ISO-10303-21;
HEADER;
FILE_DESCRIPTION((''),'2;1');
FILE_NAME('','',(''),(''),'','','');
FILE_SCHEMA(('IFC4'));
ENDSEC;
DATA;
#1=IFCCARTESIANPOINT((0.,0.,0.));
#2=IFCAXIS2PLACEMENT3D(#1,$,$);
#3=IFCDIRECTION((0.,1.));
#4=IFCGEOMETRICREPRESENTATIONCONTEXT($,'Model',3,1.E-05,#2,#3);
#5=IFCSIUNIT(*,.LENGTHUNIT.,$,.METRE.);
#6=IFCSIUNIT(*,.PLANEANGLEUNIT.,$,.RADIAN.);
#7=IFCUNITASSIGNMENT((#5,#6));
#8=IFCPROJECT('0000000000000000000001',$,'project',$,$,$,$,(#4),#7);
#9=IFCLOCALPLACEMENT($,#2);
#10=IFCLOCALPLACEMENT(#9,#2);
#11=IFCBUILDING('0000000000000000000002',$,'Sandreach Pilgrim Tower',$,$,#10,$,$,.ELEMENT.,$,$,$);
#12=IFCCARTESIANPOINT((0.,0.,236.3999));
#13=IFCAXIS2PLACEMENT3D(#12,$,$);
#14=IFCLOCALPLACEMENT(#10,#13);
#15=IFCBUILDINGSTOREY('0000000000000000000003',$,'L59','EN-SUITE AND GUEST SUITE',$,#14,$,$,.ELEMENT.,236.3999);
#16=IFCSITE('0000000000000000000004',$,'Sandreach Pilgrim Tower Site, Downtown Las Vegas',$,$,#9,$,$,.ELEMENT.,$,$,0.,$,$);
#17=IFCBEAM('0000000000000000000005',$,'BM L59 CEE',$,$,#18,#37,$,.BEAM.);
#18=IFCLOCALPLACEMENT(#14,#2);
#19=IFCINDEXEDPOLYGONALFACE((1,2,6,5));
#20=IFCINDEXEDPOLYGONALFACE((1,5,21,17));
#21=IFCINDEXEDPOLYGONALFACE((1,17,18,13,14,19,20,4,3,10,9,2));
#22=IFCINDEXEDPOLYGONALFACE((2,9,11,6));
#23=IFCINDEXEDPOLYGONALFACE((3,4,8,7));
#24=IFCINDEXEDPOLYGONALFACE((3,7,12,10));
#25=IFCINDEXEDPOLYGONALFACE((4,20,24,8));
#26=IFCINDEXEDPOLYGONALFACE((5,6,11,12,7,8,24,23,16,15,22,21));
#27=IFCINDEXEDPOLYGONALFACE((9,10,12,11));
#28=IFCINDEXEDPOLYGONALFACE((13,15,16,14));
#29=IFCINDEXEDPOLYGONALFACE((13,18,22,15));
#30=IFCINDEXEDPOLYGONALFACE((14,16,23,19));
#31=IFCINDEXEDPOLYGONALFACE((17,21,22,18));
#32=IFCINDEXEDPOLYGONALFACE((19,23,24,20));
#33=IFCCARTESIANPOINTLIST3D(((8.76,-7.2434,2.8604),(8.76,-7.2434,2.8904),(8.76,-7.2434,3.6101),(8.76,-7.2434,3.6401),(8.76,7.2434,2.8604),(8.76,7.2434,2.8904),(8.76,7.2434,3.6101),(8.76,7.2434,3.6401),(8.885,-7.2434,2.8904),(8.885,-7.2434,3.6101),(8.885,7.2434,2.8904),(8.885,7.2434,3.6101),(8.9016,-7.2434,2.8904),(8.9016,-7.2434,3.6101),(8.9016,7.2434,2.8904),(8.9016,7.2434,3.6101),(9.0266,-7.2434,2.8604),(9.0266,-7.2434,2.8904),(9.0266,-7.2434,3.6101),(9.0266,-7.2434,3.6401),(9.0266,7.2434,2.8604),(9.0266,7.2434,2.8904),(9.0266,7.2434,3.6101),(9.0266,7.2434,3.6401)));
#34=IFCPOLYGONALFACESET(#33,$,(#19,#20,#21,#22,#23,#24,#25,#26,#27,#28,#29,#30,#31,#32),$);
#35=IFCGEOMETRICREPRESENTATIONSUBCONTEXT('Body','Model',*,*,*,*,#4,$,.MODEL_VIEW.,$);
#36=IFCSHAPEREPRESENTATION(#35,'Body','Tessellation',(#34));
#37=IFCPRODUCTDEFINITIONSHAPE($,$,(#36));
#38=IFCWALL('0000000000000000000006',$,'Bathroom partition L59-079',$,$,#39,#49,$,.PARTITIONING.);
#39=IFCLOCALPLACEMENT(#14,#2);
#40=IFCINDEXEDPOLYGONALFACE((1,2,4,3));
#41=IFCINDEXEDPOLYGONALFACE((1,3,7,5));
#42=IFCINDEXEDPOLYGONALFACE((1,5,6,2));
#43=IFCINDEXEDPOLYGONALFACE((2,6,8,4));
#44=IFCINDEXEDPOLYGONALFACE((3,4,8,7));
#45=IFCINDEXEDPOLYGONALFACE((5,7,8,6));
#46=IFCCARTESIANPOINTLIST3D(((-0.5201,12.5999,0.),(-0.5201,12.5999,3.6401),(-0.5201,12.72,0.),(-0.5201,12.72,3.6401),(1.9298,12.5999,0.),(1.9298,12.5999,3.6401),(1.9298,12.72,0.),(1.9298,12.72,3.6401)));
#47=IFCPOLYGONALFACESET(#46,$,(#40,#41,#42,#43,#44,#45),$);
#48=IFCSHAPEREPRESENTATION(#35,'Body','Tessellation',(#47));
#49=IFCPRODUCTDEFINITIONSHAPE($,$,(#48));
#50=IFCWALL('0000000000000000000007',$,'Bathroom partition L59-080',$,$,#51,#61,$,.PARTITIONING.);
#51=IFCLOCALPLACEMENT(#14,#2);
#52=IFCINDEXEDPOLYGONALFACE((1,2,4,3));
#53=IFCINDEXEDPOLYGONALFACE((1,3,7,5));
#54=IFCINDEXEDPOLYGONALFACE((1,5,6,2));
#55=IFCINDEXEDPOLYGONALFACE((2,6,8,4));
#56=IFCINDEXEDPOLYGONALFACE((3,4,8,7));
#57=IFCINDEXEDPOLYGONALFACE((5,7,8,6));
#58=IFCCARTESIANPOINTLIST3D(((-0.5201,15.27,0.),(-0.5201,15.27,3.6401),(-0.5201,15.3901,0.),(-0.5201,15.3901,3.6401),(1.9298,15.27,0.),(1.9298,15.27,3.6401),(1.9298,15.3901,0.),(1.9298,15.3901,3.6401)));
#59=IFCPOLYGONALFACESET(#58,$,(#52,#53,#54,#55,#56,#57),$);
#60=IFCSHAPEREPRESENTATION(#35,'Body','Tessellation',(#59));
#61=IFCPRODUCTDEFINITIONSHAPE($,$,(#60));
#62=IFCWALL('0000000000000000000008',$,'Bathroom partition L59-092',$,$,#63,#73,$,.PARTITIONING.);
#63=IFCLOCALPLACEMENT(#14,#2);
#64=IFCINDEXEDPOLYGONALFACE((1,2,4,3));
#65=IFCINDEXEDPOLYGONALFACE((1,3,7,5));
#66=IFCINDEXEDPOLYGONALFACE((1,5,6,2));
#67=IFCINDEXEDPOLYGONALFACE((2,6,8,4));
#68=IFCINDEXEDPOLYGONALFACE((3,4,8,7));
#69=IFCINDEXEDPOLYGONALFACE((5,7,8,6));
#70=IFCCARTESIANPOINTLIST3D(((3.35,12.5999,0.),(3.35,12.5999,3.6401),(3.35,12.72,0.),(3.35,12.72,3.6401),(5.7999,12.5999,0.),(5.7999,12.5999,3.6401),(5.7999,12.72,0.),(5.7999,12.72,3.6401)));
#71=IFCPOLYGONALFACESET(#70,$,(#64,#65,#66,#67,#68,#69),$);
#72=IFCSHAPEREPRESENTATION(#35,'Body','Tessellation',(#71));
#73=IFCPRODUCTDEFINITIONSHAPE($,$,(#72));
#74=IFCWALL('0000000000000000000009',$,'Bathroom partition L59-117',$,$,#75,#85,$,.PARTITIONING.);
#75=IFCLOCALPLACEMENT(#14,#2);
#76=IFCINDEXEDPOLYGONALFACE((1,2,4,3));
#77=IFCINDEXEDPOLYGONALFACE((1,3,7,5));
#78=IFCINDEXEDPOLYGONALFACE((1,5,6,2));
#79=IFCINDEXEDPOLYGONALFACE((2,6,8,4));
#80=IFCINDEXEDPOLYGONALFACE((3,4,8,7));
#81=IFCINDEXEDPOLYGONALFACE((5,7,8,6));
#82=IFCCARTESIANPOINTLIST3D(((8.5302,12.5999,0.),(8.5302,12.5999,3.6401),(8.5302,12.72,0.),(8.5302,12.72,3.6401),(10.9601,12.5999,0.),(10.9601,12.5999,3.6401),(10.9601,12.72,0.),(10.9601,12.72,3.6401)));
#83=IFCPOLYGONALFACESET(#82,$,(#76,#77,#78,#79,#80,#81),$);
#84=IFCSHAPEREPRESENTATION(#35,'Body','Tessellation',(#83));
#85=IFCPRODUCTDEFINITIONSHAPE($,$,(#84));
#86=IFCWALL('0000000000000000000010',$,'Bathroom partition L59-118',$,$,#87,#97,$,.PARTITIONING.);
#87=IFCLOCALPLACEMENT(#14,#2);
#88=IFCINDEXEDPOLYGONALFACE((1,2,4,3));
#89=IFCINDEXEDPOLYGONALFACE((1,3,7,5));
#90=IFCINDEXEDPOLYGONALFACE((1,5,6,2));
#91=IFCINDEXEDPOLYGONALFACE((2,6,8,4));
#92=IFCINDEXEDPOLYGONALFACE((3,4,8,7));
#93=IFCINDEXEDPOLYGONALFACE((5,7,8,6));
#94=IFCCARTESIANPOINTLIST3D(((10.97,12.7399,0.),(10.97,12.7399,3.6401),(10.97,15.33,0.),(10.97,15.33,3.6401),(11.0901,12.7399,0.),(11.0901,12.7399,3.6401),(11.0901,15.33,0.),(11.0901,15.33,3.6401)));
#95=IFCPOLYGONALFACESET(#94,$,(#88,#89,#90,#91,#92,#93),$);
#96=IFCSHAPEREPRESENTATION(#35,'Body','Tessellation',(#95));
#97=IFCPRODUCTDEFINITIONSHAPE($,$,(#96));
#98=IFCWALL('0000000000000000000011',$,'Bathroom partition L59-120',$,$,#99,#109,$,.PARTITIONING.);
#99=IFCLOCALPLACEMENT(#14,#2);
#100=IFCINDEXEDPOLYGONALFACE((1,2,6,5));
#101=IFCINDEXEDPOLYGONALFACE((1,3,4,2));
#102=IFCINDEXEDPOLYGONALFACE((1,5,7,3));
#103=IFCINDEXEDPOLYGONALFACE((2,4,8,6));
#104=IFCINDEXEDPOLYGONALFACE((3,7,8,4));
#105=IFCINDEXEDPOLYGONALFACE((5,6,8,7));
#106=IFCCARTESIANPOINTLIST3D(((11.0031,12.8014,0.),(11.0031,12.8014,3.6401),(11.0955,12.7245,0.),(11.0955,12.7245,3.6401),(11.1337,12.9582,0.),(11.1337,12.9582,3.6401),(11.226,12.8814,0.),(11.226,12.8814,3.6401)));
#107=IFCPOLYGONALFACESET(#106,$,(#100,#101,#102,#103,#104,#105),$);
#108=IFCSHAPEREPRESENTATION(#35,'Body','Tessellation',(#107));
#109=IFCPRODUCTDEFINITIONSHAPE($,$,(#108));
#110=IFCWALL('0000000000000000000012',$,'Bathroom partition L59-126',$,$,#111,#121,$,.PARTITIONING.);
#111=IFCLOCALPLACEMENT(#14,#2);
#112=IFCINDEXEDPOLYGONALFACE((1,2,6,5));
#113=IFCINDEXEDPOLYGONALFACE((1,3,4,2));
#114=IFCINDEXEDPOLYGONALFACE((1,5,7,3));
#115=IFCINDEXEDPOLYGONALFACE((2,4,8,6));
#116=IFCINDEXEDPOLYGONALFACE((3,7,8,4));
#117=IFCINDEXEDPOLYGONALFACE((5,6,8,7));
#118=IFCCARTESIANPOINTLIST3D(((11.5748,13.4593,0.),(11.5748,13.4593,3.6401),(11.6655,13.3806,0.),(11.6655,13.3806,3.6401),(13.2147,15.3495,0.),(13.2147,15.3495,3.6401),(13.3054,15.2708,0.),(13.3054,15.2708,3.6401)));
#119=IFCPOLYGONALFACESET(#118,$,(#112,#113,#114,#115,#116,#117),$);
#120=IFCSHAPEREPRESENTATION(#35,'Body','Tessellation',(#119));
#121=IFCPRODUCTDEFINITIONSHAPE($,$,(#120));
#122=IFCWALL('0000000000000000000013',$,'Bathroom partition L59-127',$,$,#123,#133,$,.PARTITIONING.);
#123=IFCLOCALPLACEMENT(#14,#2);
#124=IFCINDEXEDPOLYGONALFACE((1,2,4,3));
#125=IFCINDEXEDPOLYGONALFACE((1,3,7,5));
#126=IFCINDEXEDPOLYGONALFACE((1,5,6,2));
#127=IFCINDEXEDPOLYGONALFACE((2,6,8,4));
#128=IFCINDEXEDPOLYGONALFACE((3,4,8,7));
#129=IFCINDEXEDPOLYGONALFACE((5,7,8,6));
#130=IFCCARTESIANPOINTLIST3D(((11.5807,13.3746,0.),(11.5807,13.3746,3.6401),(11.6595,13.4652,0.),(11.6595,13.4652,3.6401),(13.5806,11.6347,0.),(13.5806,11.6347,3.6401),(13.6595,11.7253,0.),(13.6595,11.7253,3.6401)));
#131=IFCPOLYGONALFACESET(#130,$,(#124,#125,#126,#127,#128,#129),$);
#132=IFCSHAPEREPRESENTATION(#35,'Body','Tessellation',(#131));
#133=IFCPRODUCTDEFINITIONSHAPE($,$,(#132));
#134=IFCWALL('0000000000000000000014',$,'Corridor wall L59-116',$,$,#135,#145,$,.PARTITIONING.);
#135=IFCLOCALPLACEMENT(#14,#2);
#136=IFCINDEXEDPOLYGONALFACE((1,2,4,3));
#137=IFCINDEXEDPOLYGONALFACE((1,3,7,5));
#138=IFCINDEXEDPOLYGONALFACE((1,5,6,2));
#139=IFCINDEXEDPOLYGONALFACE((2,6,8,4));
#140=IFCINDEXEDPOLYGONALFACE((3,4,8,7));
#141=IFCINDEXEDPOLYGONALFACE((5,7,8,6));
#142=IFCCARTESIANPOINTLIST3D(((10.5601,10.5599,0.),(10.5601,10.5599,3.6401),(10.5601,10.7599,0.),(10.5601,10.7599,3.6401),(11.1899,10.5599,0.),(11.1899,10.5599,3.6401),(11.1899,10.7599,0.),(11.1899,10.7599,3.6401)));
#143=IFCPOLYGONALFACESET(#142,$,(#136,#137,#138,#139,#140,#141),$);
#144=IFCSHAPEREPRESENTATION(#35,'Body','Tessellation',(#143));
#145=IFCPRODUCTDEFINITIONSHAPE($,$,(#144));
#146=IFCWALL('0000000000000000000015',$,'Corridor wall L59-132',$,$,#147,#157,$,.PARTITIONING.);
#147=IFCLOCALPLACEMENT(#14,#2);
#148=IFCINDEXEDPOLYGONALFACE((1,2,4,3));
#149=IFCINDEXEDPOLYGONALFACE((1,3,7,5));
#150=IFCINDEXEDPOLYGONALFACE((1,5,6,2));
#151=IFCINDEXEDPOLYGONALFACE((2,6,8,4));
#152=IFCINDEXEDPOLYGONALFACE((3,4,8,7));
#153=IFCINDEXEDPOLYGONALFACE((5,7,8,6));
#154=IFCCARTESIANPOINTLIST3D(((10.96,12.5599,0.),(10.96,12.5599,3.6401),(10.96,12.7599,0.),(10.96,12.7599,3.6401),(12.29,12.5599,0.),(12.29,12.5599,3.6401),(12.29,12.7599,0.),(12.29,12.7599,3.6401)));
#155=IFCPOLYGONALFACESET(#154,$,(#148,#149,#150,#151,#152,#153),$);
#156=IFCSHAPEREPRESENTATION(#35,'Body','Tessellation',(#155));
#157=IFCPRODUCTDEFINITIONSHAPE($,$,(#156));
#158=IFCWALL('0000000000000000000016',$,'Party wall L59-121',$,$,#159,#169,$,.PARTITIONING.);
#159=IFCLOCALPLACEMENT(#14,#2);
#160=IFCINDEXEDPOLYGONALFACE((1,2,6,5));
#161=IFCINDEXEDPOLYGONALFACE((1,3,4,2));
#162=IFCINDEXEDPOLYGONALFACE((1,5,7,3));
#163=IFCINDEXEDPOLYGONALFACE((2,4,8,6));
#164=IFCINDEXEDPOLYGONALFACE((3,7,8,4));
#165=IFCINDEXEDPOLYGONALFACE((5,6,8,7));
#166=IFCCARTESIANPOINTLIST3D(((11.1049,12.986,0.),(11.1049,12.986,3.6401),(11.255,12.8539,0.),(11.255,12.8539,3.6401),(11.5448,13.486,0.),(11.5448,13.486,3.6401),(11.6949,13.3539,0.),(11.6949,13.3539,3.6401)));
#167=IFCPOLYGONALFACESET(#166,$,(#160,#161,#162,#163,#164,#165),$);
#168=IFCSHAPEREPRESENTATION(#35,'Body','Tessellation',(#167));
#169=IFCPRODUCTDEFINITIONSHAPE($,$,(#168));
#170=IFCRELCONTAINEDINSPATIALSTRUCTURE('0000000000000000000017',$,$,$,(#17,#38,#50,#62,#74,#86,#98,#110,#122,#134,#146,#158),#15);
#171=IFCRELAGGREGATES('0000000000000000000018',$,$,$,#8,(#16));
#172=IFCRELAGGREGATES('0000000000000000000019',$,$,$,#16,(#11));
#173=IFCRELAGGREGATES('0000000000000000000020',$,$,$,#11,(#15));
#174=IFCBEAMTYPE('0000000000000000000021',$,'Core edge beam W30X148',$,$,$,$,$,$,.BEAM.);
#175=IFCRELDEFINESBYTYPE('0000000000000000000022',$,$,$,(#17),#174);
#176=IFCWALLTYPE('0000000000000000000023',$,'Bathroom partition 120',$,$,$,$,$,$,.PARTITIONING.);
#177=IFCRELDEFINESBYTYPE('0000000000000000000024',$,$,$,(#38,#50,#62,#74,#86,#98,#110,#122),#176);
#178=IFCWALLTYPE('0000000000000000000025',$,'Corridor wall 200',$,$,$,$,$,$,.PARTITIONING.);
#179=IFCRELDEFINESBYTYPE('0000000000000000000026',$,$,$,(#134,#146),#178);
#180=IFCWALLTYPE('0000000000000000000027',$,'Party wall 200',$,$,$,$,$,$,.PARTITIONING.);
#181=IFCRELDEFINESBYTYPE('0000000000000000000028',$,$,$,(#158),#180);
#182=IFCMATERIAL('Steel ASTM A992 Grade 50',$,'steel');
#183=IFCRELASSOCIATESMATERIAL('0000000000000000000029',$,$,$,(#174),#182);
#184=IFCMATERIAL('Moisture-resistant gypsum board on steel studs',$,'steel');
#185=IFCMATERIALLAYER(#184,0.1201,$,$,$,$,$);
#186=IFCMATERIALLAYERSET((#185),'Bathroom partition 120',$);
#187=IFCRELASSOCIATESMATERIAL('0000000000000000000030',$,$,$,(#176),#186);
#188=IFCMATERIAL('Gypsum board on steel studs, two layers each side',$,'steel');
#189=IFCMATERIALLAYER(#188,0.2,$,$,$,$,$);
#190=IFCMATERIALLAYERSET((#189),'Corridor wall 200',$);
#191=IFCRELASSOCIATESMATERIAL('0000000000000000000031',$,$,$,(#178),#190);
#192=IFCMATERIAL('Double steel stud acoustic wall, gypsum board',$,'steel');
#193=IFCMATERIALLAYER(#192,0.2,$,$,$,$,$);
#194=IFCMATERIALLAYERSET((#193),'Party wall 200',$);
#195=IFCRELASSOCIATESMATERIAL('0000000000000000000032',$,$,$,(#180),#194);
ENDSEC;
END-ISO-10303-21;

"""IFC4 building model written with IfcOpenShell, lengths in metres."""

from ifc_helpers import new_model, si_unit, direction, frame, frame_2d, origin, origin_2d, place, context, subcontext, project, spatial, rectangle, i_section, extrude, material, layer, layer_set, material_profile, profile_set, type_object, element, save


model = new_model("IFC4")

# Units and contexts
model_context = context("Model", 3, precision=1e-05, world=origin(), true_north=direction((0.0, 1.0)))
body_context = subcontext(model_context, "Body", "Model", "MODEL_VIEW")
ifc_project = project(units=[si_unit("LENGTHUNIT", "METRE"), si_unit("PLANEANGLEUNIT", "RADIAN")], contexts=[model_context])

# Site, building, storey
site_placement = place(None, origin())
site = spatial("IfcSite", under=ifc_project, at=site_placement, Name="Sandreach Pilgrim Tower Site, Downtown Las Vegas", CompositionType="ELEMENT", RefElevation=0.0)
building_placement = place(site_placement, origin())
building = spatial("IfcBuilding", under=site, at=building_placement, Name="Sandreach Pilgrim Tower", CompositionType="ELEMENT")
storey_placement = place(building_placement, frame((0.0, 0.0, 236.3999)))
storey = spatial("IfcBuildingStorey", under=building, at=storey_placement, Name="L59", Description="EN-SUITE AND GUEST SUITE", CompositionType="ELEMENT", Elevation=236.3999)

# Beam
ifc_material_1 = material(Name="Steel ASTM A992 Grade 50", Category="steel")
ifc_material_profile = material_profile(ifc_material_1, i_section(OverallWidth=0.2666, OverallDepth=0.7798, WebThickness=0.0166, FlangeThickness=0.03, at=origin_2d()), Name="W30X148")
ifc_profile_set = profile_set([ifc_material_profile], Name="Steel ASTM A992 Grade 50")
beam_type = type_object("IfcBeamType", Name="Core edge beam W30X148", PredefinedType="BEAM", material=ifc_profile_set)
beam_placement = place(storey_placement, frame((8.8933, 7.2434, 3.2502), z_axis=(0.0, -1.0, 0.0), x_axis=(1.0, 0.0, 0.0)))
element("IfcBeam", 1, at=beam_placement, inside=storey, type_object=beam_type, Name="BM L59 CEE", PredefinedType="BEAM", context=body_context, shape_type="SweptSolid", body=[
    extrude(i_section(OverallWidth=0.2666, OverallDepth=0.7798, WebThickness=0.0166, FlangeThickness=0.03, at=origin_2d()), origin(), (0.0, 0.0, 1.0), 14.4868),
])

# Walls
ifc_material_2 = material(Name="Moisture-resistant gypsum board on steel studs", Category="steel")
ifc_layer_1 = layer(ifc_material_2, 0.1201)
ifc_layer_set_1 = layer_set([ifc_layer_1], Name="Bathroom partition 120")
wall_type_1 = type_object("IfcWallType", Name="Bathroom partition 120", PredefinedType="PARTITIONING", material=ifc_layer_set_1)
for number, where, z_axis, x_axis, name in (
    (2, (1.9299, 12.6599, 0.0), (0.0, 0.0, 1.0), (-1.0, 0.0, 0.0), "Bathroom partition L59-079"),
    (3, (1.9299, 15.3301, 0.0), (0.0, 0.0, 1.0), (-1.0, 0.0, 0.0), "Bathroom partition L59-080"),
    (4, (5.8, 12.6599, 0.0), (0.0, 0.0, 1.0), (-1.0, 0.0, 0.0), "Bathroom partition L59-092"),
):
    element("IfcWall", number, at=place(storey_placement, frame(where, z_axis=z_axis, x_axis=x_axis)), inside=storey, type_object=wall_type_1, Name=name, PredefinedType="PARTITIONING", context=body_context, shape_type="SweptSolid", body=[
        extrude(rectangle(XDim=2.45, YDim=0.1201, at=frame_2d((1.2251, 0.0))), origin(), (0.0, 0.0, 1.0), 3.6401),
    ])
wall_1_placement = place(storey_placement, frame((10.96, 12.6599, 0.0), z_axis=(0.0, 0.0, 1.0), x_axis=(-1.0, 0.0, 0.0)))
element("IfcWall", 5, at=wall_1_placement, inside=storey, type_object=wall_type_1, Name="Bathroom partition L59-117", PredefinedType="PARTITIONING", context=body_context, shape_type="SweptSolid", body=[
    extrude(rectangle(XDim=2.4299, YDim=0.1201, at=frame_2d((1.2148, 0.0))), origin(), (0.0, 0.0, 1.0), 3.6401),
])
wall_2_placement = place(storey_placement, frame((11.03, 12.74, 0.0), z_axis=(0.0, 0.0, 1.0), x_axis=(0.0, 1.0, 0.0)))
element("IfcWall", 6, at=wall_2_placement, inside=storey, type_object=wall_type_1, Name="Bathroom partition L59-118", PredefinedType="PARTITIONING", context=body_context, shape_type="SweptSolid", body=[
    extrude(rectangle(XDim=2.5901, YDim=0.1201, at=frame_2d((1.2949, 0.0))), origin(), (0.0, 0.0, 1.0), 3.6401),
])
wall_3_placement = place(storey_placement, frame((11.0493, 12.7629, 0.0), z_axis=(0.0, 0.0, 1.0), x_axis=(0.639596, 0.768711, 0.0)))
element("IfcWall", 7, at=wall_3_placement, inside=storey, type_object=wall_type_1, Name="Bathroom partition L59-120", PredefinedType="PARTITIONING", context=body_context, shape_type="SweptSolid", body=[
    extrude(rectangle(XDim=0.2041, YDim=0.1201, at=frame_2d((0.1021, 0.0))), origin(), (0.0, 0.0, 1.0), 3.6401),
])
wall_4_placement = place(storey_placement, frame((11.6201, 13.4199, 0.0), z_axis=(0.0, 0.0, 1.0), x_axis=(0.655335, 0.755338, 0.0)))
element("IfcWall", 8, at=wall_4_placement, inside=storey, type_object=wall_type_1, Name="Bathroom partition L59-126", PredefinedType="PARTITIONING", context=body_context, shape_type="SweptSolid", body=[
    extrude(rectangle(XDim=2.5024, YDim=0.1201, at=frame_2d((1.2512, 0.0))), origin(), (0.0, 0.0, 1.0), 3.6401),
])
wall_5_placement = place(storey_placement, frame((11.6201, 13.4199, 0.0), z_axis=(0.0, 0.0, 1.0), x_axis=(0.754445, -0.656363, 0.0)))
element("IfcWall", 9, at=wall_5_placement, inside=storey, type_object=wall_type_1, Name="Bathroom partition L59-127", PredefinedType="PARTITIONING", context=body_context, shape_type="SweptSolid", body=[
    extrude(rectangle(XDim=2.6509, YDim=0.1201, at=frame_2d((1.3254, 0.0))), origin(), (0.0, 0.0, 1.0), 3.6401),
])

# Shared definitions
ifc_material_3 = material(Name="Gypsum board on steel studs, two layers each side", Category="steel")
ifc_layer_2 = layer(ifc_material_3, 0.2)
ifc_layer_set_2 = layer_set([ifc_layer_2], Name="Corridor wall 200")
wall_type_2 = type_object("IfcWallType", Name="Corridor wall 200", PredefinedType="PARTITIONING", material=ifc_layer_set_2)

# Wall
wall_6_placement = place(storey_placement, frame((10.5601, 10.6599, 0.0), z_axis=(0.0, 0.0, 1.0), x_axis=(1.0, 0.0, 0.0)))
element("IfcWall", 10, at=wall_6_placement, inside=storey, type_object=wall_type_2, Name="Corridor wall L59-116", PredefinedType="PARTITIONING", context=body_context, shape_type="SweptSolid", body=[
    extrude(rectangle(XDim=0.6299, YDim=0.2, at=frame_2d((0.3149, 0.0))), origin(), (0.0, 0.0, 1.0), 3.6401),
])

# Wall
wall_7_placement = place(storey_placement, frame((12.29, 12.6599, 0.0), z_axis=(0.0, 0.0, 1.0), x_axis=(-1.0, 0.0, 0.0)))
element("IfcWall", 11, at=wall_7_placement, inside=storey, type_object=wall_type_2, Name="Corridor wall L59-132", PredefinedType="PARTITIONING", context=body_context, shape_type="SweptSolid", body=[
    extrude(rectangle(XDim=1.3301, YDim=0.2, at=frame_2d((0.665, 0.0))), origin(), (0.0, 0.0, 1.0), 3.6401),
])

# Wall
ifc_material_4 = material(Name="Double steel stud acoustic wall, gypsum board", Category="steel")
ifc_layer_3 = layer(ifc_material_4, 0.2)
ifc_layer_set_3 = layer_set([ifc_layer_3], Name="Party wall 200")
wall_type_3 = type_object("IfcWallType", Name="Party wall 200", PredefinedType="PARTITIONING", material=ifc_layer_set_3)
wall_8_placement = place(storey_placement, frame((11.1799, 12.9199, 0.0), z_axis=(0.0, 0.0, 1.0), x_axis=(0.660578, 0.750757, 0.0)))
element("IfcWall", 12, at=wall_8_placement, inside=storey, type_object=wall_type_3, Name="Party wall L59-121", PredefinedType="PARTITIONING", context=body_context, shape_type="SweptSolid", body=[
    extrude(rectangle(XDim=0.666, YDim=0.2, at=frame_2d((0.333, 0.0))), origin(), (0.0, 0.0, 1.0), 3.6401),
])

save(model, "model.ifc")
